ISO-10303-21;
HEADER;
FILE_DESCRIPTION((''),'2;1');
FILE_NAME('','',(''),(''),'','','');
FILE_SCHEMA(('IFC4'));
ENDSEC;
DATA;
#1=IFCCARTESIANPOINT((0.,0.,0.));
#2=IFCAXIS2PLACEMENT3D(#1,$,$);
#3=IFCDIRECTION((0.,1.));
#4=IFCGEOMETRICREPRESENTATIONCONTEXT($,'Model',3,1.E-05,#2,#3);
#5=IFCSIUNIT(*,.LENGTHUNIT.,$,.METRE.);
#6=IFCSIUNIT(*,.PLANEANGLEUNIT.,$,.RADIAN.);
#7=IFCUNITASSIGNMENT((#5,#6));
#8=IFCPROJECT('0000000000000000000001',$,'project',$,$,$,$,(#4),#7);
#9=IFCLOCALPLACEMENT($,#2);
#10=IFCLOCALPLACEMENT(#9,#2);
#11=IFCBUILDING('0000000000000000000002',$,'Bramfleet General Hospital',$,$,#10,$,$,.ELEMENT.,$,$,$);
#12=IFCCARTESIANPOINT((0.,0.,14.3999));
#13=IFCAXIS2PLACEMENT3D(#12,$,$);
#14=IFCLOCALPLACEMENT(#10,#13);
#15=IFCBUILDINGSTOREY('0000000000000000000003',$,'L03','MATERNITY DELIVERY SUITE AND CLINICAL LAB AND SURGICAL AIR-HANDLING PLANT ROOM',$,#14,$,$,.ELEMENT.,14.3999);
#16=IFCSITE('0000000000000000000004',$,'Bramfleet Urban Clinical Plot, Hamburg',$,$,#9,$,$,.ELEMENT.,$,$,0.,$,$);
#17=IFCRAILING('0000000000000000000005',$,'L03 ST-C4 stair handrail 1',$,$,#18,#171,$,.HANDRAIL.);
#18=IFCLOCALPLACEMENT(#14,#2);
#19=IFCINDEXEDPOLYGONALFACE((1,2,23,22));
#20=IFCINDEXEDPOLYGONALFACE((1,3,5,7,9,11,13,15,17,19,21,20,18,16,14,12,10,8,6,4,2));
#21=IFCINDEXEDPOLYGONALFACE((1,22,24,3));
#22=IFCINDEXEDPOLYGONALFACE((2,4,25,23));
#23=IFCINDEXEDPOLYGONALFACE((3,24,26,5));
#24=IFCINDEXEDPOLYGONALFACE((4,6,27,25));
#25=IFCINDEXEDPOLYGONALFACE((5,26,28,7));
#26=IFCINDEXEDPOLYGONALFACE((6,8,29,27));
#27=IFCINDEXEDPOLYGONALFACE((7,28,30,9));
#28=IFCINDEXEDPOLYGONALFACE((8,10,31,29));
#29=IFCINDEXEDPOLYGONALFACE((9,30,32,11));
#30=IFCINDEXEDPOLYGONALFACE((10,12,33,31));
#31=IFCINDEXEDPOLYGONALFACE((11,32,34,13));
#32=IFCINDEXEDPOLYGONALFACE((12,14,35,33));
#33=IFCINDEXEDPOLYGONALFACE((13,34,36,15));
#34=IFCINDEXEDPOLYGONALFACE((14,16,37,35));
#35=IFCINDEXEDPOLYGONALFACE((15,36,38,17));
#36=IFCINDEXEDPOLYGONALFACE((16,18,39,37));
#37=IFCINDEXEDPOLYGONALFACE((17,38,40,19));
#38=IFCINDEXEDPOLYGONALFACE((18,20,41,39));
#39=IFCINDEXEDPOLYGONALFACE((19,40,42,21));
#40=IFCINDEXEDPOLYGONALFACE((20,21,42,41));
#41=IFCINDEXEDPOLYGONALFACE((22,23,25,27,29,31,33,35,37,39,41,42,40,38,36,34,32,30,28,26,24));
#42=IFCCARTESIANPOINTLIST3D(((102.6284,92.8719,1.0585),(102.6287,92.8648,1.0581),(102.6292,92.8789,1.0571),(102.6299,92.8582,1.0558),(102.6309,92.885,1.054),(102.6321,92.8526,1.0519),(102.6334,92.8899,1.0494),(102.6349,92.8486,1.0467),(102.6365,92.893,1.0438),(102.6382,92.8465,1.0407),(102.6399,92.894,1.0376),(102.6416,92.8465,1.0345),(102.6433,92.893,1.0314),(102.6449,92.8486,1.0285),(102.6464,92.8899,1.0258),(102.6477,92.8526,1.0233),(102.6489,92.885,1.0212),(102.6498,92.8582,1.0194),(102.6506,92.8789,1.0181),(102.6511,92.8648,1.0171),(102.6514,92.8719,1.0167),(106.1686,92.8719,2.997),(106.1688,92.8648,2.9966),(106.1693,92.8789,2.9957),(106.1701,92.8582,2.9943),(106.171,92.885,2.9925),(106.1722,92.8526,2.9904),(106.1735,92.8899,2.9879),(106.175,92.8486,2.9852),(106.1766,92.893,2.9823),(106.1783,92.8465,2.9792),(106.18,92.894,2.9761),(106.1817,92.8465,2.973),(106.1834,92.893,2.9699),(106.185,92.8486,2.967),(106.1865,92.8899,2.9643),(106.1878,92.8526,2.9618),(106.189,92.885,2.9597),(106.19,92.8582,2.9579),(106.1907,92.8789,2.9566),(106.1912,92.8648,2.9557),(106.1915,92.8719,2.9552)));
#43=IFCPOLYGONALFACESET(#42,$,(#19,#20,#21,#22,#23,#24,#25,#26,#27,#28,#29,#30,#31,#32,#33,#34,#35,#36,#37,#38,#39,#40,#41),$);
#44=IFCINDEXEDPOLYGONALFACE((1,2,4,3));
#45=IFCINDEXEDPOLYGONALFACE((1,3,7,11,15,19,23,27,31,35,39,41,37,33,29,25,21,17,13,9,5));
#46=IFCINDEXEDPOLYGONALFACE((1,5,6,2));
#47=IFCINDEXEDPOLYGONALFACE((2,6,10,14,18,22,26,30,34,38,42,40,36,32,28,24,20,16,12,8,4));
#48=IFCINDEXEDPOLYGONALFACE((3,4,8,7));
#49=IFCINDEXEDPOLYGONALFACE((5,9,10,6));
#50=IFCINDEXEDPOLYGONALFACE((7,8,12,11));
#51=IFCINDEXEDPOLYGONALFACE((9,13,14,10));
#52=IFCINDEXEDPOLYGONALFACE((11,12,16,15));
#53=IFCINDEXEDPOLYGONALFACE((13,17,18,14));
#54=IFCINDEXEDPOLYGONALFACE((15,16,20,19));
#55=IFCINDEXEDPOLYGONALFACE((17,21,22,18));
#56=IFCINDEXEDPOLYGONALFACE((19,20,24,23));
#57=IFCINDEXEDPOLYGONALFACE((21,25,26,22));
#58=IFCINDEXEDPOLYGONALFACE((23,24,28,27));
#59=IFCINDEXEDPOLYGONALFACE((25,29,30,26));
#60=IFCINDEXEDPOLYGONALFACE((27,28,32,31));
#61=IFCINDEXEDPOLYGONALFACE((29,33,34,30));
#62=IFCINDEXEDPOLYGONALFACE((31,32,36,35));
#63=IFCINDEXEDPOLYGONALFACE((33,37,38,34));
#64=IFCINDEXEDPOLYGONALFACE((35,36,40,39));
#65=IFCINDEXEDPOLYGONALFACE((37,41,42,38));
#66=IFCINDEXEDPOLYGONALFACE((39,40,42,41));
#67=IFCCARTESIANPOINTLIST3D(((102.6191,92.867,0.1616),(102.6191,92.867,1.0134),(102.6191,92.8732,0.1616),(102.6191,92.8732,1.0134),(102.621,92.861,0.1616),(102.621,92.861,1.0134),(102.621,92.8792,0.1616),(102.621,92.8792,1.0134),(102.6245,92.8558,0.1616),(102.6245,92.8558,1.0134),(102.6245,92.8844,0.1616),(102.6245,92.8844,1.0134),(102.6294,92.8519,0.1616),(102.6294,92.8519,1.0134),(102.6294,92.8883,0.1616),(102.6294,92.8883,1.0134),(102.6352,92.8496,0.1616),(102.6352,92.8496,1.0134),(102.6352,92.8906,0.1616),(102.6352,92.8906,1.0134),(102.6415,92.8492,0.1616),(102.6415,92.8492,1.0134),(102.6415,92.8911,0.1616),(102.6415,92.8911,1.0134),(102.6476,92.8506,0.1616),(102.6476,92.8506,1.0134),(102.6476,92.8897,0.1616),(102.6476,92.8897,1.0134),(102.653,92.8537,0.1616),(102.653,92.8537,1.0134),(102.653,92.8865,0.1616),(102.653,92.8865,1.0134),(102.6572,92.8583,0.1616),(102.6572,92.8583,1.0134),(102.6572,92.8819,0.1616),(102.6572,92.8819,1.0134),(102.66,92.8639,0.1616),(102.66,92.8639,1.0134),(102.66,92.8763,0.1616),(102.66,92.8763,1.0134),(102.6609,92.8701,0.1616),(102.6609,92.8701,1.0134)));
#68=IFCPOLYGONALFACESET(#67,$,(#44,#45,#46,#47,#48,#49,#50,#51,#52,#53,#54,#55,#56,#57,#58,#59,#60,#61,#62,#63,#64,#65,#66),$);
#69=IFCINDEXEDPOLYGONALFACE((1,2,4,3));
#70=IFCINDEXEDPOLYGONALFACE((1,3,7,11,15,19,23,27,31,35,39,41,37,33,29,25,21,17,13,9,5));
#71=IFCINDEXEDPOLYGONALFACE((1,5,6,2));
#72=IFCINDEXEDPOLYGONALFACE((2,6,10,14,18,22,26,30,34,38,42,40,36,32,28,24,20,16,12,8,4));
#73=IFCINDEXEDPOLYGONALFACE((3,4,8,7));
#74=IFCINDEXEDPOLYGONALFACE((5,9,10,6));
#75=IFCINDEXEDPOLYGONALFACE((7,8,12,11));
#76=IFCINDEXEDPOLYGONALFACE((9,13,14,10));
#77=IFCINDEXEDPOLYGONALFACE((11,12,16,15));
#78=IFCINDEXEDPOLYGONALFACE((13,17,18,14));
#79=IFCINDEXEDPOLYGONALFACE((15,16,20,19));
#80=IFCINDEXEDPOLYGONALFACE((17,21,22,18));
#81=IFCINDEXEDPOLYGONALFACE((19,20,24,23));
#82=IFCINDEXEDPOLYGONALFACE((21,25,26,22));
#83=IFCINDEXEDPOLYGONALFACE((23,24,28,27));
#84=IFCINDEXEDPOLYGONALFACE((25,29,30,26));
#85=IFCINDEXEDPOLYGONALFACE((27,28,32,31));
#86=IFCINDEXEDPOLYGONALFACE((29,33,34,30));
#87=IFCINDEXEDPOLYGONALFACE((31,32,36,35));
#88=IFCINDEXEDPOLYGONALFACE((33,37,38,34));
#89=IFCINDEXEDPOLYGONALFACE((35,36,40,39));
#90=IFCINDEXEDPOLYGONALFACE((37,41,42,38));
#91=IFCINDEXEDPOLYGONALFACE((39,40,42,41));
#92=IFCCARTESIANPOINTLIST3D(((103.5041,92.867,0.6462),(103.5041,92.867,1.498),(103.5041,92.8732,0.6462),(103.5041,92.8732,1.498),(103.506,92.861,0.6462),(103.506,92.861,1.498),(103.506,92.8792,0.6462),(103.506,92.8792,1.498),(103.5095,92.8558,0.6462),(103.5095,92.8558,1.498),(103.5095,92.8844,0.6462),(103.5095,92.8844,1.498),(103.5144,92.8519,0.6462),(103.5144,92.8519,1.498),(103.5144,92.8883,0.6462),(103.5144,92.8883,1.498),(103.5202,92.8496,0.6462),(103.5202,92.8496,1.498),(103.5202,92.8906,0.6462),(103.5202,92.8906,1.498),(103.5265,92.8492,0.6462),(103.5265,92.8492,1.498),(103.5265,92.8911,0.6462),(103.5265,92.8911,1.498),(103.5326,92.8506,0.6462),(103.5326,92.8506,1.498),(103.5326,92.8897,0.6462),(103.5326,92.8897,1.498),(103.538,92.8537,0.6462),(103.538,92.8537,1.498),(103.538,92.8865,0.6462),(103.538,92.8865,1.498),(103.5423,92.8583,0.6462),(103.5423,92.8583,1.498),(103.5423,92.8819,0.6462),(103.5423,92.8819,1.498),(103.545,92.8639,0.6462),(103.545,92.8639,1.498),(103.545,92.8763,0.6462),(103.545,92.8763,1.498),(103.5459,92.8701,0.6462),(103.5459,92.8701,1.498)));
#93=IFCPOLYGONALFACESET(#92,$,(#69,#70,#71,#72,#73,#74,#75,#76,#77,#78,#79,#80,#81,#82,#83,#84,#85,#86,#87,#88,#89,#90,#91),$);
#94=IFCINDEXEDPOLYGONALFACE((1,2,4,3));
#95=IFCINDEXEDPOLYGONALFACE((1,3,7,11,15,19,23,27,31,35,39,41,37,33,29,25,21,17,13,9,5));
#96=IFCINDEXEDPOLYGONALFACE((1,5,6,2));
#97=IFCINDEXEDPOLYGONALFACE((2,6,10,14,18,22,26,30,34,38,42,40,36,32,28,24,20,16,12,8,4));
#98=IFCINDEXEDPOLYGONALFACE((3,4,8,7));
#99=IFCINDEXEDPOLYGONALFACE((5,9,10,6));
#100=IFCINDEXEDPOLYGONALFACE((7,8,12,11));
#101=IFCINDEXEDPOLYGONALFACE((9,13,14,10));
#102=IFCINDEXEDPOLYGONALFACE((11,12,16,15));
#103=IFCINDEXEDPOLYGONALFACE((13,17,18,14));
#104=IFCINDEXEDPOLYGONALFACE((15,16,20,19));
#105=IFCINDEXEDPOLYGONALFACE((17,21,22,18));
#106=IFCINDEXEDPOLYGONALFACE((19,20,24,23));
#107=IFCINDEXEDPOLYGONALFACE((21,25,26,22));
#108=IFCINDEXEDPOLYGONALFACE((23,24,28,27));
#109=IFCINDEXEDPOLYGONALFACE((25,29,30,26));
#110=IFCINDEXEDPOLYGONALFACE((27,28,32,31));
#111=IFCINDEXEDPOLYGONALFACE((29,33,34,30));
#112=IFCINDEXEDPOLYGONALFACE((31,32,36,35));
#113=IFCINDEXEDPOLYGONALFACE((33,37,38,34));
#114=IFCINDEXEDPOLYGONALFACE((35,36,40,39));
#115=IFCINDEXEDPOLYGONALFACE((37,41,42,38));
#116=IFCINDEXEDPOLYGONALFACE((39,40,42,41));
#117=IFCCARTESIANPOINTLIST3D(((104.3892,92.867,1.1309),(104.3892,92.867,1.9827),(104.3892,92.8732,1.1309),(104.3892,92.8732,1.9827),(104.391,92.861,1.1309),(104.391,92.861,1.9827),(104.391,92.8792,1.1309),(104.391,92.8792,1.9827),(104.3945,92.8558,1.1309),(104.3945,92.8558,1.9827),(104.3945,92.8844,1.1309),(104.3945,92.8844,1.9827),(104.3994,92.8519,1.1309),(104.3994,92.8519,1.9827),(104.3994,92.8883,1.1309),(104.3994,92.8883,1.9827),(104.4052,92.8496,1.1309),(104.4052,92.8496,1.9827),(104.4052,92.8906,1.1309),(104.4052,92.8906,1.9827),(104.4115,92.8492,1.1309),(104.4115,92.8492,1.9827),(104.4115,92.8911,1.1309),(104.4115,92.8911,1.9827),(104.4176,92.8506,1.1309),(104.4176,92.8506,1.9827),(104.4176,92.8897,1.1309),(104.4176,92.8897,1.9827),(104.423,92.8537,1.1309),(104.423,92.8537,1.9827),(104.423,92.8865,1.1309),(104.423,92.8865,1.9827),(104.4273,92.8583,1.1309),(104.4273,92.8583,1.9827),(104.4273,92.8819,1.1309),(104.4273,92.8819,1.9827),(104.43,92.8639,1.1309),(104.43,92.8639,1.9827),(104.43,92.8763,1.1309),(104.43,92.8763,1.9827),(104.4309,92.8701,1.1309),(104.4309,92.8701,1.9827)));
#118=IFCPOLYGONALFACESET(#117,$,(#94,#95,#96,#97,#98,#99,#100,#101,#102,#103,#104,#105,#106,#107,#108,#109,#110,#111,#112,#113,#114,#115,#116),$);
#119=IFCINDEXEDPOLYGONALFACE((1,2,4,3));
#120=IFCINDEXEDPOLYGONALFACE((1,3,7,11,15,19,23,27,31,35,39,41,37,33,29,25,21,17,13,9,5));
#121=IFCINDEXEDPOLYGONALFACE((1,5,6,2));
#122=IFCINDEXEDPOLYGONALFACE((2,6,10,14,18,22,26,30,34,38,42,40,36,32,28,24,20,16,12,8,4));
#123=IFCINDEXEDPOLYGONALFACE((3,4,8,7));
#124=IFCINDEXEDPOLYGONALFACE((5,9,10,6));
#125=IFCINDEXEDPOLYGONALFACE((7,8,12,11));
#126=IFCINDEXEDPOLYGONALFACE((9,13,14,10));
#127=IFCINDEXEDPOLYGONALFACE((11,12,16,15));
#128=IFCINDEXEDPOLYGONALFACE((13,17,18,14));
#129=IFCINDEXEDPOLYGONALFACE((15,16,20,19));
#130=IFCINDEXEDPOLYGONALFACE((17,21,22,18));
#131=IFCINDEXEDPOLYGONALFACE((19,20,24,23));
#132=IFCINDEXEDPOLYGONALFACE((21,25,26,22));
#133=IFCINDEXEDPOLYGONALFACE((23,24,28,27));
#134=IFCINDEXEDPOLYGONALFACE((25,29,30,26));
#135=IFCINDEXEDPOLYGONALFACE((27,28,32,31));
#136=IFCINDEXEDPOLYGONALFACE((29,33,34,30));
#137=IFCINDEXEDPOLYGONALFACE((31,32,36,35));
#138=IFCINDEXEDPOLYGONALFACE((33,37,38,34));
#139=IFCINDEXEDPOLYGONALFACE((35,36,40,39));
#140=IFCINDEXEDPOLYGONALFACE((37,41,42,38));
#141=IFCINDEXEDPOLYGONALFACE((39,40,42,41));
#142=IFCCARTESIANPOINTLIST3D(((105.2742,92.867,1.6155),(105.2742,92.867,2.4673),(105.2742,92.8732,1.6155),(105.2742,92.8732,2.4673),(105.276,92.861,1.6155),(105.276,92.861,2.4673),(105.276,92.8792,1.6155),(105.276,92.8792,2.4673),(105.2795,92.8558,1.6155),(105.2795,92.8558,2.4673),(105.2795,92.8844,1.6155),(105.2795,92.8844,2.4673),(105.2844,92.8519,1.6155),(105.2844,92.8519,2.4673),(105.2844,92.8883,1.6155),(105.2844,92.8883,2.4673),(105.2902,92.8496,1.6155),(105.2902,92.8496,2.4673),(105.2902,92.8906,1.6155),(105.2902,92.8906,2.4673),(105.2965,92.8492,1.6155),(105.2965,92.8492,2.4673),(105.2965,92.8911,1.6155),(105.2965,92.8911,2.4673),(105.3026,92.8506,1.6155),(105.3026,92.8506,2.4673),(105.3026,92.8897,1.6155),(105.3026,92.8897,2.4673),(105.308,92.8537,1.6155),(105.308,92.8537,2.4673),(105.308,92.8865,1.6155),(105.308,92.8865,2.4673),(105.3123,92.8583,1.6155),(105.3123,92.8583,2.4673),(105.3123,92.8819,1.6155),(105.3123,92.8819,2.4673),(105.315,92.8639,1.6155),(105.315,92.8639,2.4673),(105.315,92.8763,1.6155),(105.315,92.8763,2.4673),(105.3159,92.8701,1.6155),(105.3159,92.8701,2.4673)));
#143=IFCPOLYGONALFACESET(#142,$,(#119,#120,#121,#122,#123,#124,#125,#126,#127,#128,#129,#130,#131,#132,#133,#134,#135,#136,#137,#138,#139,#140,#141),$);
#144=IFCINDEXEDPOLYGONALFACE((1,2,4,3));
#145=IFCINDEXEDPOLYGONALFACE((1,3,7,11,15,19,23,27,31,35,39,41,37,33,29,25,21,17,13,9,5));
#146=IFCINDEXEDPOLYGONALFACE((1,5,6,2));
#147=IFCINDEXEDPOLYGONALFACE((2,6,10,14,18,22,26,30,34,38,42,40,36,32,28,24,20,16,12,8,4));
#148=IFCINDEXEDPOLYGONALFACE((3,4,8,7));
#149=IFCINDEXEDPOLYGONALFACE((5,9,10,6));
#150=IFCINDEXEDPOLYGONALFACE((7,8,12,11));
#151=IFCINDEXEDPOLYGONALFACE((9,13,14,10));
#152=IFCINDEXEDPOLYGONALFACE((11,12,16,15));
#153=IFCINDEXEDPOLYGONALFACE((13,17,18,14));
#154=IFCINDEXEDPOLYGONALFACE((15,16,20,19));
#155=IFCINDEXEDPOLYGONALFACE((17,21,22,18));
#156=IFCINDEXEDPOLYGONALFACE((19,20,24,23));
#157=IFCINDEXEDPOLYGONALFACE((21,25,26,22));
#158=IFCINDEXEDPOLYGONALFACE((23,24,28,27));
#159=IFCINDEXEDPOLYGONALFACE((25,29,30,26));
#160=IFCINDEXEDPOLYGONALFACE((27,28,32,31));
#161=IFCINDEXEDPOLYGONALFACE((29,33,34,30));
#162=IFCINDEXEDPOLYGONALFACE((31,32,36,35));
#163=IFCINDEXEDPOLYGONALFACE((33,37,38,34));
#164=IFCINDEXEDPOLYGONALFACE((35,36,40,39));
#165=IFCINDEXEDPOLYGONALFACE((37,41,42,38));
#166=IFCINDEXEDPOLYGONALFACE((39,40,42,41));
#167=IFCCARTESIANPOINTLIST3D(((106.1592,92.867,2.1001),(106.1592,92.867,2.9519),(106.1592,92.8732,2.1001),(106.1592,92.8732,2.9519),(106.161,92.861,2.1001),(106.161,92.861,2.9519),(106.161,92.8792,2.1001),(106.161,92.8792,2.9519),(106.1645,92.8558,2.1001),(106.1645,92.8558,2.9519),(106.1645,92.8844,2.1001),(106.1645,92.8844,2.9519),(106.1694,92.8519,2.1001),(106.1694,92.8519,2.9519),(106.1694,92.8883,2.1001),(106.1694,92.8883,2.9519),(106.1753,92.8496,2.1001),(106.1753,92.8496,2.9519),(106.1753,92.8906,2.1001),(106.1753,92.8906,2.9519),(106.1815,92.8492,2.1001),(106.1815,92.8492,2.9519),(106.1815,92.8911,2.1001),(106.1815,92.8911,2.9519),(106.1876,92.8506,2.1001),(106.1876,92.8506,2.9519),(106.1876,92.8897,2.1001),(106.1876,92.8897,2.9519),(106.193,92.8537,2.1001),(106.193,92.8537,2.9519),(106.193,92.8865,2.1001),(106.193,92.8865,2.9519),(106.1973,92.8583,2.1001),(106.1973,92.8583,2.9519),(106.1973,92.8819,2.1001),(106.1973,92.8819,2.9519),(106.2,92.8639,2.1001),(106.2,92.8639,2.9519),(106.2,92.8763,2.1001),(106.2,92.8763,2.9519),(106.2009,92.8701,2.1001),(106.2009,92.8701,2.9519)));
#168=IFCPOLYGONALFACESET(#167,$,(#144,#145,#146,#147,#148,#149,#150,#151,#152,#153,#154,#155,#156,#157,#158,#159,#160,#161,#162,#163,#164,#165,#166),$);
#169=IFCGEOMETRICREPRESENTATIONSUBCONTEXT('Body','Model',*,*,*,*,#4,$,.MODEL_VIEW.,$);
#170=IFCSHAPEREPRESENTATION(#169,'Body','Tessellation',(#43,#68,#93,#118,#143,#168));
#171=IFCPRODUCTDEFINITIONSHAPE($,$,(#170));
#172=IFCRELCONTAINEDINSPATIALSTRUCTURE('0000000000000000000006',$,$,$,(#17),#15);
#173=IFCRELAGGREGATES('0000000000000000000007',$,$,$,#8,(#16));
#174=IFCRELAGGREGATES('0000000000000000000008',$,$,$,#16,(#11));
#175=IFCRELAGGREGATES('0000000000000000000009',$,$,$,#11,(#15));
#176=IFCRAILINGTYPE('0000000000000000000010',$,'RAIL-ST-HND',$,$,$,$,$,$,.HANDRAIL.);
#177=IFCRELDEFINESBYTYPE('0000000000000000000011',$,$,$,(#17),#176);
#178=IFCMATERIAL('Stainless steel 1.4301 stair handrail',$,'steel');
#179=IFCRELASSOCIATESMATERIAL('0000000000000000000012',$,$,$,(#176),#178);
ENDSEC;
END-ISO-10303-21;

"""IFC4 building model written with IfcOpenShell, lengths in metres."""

from ifc_helpers import new_model, si_unit, direction, frame, origin, origin_2d, place, context, subcontext, project, spatial, circle, extrude, material, type_object, element, save


model = new_model("IFC4")

# Units and contexts
model_context = context("Model", 3, precision=1e-05, world=origin(), true_north=direction((0.0, 1.0)))
body_context = subcontext(model_context, "Body", "Model", "MODEL_VIEW")
ifc_project = project(units=[si_unit("LENGTHUNIT", "METRE"), si_unit("PLANEANGLEUNIT", "RADIAN")], contexts=[model_context])

# Site, building, storey
site_placement = place(None, origin())
site = spatial("IfcSite", under=ifc_project, at=site_placement, Name="Bramfleet Urban Clinical Plot, Hamburg", CompositionType="ELEMENT", RefElevation=0.0)
building_placement = place(site_placement, origin())
building = spatial("IfcBuilding", under=site, at=building_placement, Name="Bramfleet General Hospital", CompositionType="ELEMENT")
storey_placement = place(building_placement, frame((0.0, 0.0, 14.3999)))
storey = spatial("IfcBuildingStorey", under=building, at=storey_placement, Name="L03", Description="MATERNITY DELIVERY SUITE AND CLINICAL LAB AND SURGICAL AIR-HANDLING PLANT ROOM", CompositionType="ELEMENT", Elevation=14.3999)

# Railing
ifc_material_1 = material(Name="Stainless steel 1.4301 stair handrail", Category="steel")
railing_type_1 = type_object("IfcRailingType", Name="RAIL-ST-HND", PredefinedType="HANDRAIL", material=ifc_material_1)
railing_1_placement = place(storey_placement, frame((102.6399, 92.8701, 0.1616)))
element("IfcRailing", 1, at=railing_1_placement, inside=storey, type_object=railing_type_1, Name="L03 ST-C4 stair handrail 1", PredefinedType="HANDRAIL", context=body_context, shape_type="SweptSolid", body=[
    extrude(circle(Radius=0.0239, at=origin_2d()), frame((0.0, 0.0, 0.876), z_axis=(0.877108, 0.0, 0.480292), x_axis=(0.0, 1.0, 0.0)), (0.0, 0.0, 1.0), 4.0361),
    extrude(circle(Radius=0.021, at=origin_2d()), origin(), (0.0, 0.0, 1.0), 0.8518),
    extrude(circle(Radius=0.021, at=origin_2d()), frame((0.885, 0.0, 0.4846)), (0.0, 0.0, 1.0), 0.8518),
    extrude(circle(Radius=0.021, at=origin_2d()), frame((1.77, 0.0, 0.9692)), (0.0, 0.0, 1.0), 0.8518),
    extrude(circle(Radius=0.021, at=origin_2d()), frame((2.655, 0.0, 1.4539)), (0.0, 0.0, 1.0), 0.8518),
    extrude(circle(Radius=0.021, at=origin_2d()), frame((3.54, 0.0, 1.9385)), (0.0, 0.0, 1.0), 0.8518),
])

save(model, "model.ifc")
